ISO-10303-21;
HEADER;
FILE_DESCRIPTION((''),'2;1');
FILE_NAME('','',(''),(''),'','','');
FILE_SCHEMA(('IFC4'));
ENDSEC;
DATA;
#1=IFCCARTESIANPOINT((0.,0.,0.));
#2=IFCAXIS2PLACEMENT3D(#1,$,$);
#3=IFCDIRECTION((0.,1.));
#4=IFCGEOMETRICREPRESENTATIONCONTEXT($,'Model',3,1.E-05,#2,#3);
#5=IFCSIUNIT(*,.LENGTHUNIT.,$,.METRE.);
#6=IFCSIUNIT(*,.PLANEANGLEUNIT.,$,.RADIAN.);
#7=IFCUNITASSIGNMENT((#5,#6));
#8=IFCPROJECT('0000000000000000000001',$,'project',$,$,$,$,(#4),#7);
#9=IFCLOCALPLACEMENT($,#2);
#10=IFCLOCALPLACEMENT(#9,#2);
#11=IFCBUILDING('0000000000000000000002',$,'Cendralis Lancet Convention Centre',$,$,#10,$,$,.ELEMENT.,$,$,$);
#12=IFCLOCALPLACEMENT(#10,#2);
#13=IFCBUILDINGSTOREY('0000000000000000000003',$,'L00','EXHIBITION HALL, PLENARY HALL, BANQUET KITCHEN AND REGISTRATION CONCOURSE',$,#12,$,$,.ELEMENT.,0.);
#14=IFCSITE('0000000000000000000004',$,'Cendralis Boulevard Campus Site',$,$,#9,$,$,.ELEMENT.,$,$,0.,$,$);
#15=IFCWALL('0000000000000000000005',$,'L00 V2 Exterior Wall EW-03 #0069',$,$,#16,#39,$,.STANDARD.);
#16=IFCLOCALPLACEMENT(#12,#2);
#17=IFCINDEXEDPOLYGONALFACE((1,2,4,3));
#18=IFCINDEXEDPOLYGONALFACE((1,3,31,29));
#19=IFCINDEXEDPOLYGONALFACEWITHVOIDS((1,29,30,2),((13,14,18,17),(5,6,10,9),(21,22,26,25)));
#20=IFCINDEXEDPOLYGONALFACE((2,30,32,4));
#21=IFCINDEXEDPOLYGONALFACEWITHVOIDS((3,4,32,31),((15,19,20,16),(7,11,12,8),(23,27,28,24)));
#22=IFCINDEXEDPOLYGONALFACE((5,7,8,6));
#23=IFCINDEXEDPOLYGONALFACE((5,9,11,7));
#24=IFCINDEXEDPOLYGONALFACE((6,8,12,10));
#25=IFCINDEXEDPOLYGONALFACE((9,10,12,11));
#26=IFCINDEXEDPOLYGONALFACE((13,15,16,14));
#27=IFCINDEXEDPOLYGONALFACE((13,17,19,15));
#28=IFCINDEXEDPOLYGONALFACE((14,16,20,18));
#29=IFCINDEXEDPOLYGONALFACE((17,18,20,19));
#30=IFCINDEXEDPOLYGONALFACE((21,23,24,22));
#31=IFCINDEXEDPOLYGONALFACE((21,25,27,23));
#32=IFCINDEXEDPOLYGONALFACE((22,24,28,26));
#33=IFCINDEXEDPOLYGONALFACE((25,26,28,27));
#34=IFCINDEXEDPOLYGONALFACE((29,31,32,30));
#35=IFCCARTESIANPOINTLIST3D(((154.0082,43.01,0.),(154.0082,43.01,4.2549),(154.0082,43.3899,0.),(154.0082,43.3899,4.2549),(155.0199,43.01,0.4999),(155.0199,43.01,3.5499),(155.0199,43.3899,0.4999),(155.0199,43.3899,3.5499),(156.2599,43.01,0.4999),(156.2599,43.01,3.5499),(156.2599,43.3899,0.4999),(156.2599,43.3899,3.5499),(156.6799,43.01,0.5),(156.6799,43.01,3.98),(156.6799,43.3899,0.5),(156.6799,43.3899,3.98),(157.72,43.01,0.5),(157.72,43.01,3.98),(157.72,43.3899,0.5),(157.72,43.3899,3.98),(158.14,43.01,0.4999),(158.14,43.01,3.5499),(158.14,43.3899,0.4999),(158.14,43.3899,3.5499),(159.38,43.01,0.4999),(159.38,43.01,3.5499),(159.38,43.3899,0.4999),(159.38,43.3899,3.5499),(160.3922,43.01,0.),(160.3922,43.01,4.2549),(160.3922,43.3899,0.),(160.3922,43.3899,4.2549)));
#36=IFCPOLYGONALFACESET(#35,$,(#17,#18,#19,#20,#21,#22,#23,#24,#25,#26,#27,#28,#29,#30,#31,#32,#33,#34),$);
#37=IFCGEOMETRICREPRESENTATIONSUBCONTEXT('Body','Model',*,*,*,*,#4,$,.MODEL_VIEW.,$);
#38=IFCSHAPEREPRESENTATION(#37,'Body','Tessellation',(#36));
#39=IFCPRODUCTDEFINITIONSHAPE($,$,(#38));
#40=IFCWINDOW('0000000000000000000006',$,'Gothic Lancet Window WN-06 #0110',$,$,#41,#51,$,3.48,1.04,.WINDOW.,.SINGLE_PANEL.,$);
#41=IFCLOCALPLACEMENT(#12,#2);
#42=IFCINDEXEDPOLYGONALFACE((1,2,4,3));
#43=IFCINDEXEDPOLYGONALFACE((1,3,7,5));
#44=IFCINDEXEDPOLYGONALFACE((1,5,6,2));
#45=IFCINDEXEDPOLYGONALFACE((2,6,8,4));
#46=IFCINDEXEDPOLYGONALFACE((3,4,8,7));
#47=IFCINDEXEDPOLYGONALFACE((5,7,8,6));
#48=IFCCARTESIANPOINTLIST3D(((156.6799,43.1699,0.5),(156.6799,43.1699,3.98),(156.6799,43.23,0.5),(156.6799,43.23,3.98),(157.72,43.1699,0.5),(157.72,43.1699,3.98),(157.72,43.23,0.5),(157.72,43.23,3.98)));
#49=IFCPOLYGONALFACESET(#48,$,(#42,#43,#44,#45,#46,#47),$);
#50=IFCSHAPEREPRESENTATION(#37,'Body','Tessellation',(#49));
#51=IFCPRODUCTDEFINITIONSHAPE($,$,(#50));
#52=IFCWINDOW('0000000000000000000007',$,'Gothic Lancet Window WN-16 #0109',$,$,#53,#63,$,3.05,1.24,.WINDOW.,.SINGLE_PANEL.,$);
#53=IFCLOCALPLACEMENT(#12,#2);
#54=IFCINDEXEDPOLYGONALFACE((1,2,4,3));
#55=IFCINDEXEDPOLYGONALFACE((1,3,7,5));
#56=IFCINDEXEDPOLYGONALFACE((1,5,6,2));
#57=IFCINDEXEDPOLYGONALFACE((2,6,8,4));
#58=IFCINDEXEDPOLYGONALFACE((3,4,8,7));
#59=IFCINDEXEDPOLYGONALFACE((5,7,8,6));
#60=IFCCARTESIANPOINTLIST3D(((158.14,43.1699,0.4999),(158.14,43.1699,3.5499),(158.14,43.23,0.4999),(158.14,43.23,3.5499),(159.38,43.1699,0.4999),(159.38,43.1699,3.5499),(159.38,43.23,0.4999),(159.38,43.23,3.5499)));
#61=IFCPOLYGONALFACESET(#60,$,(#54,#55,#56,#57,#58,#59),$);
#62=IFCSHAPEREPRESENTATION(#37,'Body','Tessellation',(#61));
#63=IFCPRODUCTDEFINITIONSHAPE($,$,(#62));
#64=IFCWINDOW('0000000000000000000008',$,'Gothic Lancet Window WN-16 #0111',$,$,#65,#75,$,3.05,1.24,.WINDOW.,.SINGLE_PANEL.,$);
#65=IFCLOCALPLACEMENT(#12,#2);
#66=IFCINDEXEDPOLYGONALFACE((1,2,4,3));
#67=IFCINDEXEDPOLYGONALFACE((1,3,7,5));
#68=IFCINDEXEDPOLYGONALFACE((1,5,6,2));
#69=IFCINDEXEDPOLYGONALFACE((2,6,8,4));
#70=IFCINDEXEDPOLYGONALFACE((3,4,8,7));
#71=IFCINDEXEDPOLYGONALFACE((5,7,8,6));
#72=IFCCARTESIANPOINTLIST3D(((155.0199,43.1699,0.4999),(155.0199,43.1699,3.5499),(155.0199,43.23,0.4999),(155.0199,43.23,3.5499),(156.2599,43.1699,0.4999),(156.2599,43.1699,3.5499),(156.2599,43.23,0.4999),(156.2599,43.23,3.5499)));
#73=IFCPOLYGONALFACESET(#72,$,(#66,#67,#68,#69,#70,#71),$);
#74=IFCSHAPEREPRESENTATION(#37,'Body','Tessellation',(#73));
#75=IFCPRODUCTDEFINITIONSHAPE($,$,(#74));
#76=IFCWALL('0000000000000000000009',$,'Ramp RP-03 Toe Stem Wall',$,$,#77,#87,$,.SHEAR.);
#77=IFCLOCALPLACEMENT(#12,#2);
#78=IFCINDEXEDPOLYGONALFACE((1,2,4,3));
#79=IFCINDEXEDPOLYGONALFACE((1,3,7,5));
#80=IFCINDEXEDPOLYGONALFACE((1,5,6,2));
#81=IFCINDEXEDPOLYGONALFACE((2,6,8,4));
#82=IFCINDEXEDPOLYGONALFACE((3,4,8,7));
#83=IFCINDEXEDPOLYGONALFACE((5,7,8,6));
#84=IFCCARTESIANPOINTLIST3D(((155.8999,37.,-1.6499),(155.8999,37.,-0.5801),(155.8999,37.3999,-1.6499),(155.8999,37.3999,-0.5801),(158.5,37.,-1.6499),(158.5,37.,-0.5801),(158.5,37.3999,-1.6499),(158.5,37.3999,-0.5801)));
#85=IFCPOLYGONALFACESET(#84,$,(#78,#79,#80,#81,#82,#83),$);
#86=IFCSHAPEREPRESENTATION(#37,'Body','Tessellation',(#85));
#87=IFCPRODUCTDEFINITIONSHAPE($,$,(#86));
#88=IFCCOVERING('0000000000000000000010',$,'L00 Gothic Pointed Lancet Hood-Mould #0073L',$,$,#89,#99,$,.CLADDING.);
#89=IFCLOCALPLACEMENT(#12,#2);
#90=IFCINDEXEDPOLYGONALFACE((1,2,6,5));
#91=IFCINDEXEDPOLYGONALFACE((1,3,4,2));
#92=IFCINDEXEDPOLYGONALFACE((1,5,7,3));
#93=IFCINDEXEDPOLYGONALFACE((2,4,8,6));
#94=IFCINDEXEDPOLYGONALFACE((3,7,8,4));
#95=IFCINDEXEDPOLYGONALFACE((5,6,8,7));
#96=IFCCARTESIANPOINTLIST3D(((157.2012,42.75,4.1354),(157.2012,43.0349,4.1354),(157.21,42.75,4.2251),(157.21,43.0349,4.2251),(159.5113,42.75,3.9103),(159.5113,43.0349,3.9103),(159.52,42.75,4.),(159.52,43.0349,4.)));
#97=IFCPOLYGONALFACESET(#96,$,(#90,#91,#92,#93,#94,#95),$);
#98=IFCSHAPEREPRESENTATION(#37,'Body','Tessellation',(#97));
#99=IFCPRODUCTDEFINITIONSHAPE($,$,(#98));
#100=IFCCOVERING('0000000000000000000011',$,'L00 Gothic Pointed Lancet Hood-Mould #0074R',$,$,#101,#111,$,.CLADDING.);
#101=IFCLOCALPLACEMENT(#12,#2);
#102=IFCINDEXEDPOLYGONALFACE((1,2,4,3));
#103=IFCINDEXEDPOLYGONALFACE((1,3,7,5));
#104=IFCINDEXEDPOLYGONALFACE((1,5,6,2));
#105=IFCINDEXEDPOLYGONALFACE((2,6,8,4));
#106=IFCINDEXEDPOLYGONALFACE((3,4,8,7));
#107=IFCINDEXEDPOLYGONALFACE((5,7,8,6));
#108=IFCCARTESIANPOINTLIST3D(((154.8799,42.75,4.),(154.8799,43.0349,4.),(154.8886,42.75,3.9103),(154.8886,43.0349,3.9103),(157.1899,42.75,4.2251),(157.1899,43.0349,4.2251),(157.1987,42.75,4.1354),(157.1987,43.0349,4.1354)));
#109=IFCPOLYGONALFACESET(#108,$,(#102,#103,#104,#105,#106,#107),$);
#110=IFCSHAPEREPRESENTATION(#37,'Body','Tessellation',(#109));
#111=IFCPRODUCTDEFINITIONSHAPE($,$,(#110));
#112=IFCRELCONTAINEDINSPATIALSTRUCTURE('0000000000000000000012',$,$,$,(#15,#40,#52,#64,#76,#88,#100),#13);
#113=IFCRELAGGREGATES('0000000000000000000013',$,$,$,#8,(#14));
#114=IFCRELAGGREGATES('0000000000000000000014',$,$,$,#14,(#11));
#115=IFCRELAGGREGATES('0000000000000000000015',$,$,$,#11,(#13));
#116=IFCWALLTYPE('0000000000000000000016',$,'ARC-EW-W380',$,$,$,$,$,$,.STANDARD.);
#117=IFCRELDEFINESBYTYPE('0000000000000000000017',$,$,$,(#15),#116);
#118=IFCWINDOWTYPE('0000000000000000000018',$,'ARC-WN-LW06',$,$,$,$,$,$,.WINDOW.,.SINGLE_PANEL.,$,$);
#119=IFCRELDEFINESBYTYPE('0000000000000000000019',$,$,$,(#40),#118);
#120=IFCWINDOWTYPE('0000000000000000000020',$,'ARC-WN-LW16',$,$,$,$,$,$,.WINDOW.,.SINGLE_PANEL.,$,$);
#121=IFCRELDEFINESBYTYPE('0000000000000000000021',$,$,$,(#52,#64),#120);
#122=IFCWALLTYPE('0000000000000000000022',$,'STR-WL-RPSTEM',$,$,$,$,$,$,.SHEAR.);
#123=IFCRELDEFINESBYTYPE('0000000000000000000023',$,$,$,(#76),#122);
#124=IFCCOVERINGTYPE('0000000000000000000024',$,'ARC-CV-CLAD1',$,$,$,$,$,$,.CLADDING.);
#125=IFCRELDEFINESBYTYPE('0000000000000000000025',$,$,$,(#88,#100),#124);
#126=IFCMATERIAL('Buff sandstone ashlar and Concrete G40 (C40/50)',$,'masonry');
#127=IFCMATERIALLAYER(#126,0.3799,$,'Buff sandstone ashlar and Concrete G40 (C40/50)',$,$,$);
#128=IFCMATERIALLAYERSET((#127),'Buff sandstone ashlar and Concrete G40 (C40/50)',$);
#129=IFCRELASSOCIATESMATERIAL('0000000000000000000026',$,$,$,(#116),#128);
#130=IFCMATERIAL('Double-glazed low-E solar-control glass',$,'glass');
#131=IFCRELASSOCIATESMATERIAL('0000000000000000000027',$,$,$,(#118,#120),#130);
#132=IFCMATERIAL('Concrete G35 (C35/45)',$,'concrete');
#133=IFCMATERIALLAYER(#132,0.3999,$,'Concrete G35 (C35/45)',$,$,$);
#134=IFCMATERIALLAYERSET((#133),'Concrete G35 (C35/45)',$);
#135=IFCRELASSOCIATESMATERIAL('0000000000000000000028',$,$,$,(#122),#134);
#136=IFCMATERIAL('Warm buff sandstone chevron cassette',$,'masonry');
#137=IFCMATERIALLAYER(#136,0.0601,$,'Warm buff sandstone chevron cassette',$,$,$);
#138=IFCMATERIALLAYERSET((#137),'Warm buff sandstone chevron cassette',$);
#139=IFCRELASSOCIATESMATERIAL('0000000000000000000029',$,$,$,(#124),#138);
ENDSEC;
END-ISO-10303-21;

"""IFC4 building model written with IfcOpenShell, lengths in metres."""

from ifc_helpers import new_model, si_unit, direction, frame, frame_2d, origin, place, context, subcontext, project, spatial, polyline, rectangle, outline, extrude, material, layer, layer_set, type_object, element, fill, save


model = new_model("IFC4")

# Units and contexts
model_context = context("Model", 3, precision=1e-05, world=origin(), true_north=direction((0.0, 1.0)))
body_context = subcontext(model_context, "Body", "Model", "MODEL_VIEW")
ifc_project = project(units=[si_unit("LENGTHUNIT", "METRE"), si_unit("PLANEANGLEUNIT", "RADIAN")], contexts=[model_context])

# Site, building, storey
site_placement = place(None, origin())
site = spatial("IfcSite", under=ifc_project, at=site_placement, Name="Cendralis Boulevard Campus Site", CompositionType="ELEMENT", RefElevation=0.0)
building_placement = place(site_placement, origin())
building = spatial("IfcBuilding", under=site, at=building_placement, Name="Cendralis Lancet Convention Centre", CompositionType="ELEMENT")
storey_placement = place(building_placement, origin())
storey = spatial("IfcBuildingStorey", under=building, at=storey_placement, Name="L00", Description="EXHIBITION HALL, PLENARY HALL, BANQUET KITCHEN AND REGISTRATION CONCOURSE", CompositionType="ELEMENT", Elevation=0.0)

# Shared definitions
ifc_material_1 = material(Name="Concrete G35 (C35/45)", Category="concrete")

# Shared definitions
ifc_material_2 = material(Name="Double-glazed low-E solar-control glass", Category="glass")

# Shared definitions
ifc_material_3 = material(Name="Buff sandstone ashlar and Concrete G40 (C40/50)", Category="masonry")
ifc_layer_1 = layer(ifc_material_3, 0.3799, Name="Buff sandstone ashlar and Concrete G40 (C40/50)")
ifc_layer_set_1 = layer_set([ifc_layer_1], Name="Buff sandstone ashlar and Concrete G40 (C40/50)")
wall_type_1 = type_object("IfcWallType", Name="ARC-EW-W380", PredefinedType="STANDARD", material=ifc_layer_set_1)

# Wall, openings, windows
wall_1_placement = place(storey_placement, frame((160.3921, 43.2, 0.0), z_axis=(0.0, 0.0, 1.0), x_axis=(-1.0, 0.0, 0.0)))
wall_1 = element("IfcWall", 1, at=wall_1_placement, inside=storey, type_object=wall_type_1, Name="L00 V2 Exterior Wall EW-03 #0069", PredefinedType="STANDARD", context=body_context, shape_type="SweptSolid", body=[
    extrude(rectangle(XDim=6.384, YDim=0.3799, at=frame_2d((3.1919, 0.0))), origin(), (0.0, 0.0, 1.0), 4.2549),
])
opening_1_placement = place(wall_1_placement, frame((1.012, 0.0, 0.5)))
opening_1 = element("IfcOpeningElement", 2, at=opening_1_placement, cuts=wall_1, PredefinedType="OPENING", context=body_context, shape_type="SweptSolid", body=[
    extrude(rectangle(XDim=1.24, YDim=3.05, at=frame_2d((0.6201, 1.5249))), frame((0.0, 0.2, 0.0), z_axis=(0.0, -1.0, 0.0), x_axis=(1.0, 0.0, 0.0)), (0.0, 0.0, 1.0), 0.3999),
])
opening_2_placement = place(wall_1_placement, frame((2.6721, 0.0, 0.5)))
opening_2 = element("IfcOpeningElement", 3, at=opening_2_placement, cuts=wall_1, PredefinedType="OPENING", context=body_context, shape_type="SweptSolid", body=[
    extrude(rectangle(XDim=1.04, YDim=3.48, at=frame_2d((0.52, 1.74))), frame((0.0, 0.2, 0.0), z_axis=(0.0, -1.0, 0.0), x_axis=(1.0, 0.0, 0.0)), (0.0, 0.0, 1.0), 0.3999),
])
opening_3_placement = place(wall_1_placement, frame((4.1321, 0.0, 0.5)))
opening_3 = element("IfcOpeningElement", 4, at=opening_3_placement, cuts=wall_1, PredefinedType="OPENING", context=body_context, shape_type="SweptSolid", body=[
    extrude(rectangle(XDim=1.24, YDim=3.05, at=frame_2d((0.6201, 1.5249))), frame((0.0, 0.2, 0.0), z_axis=(0.0, -1.0, 0.0), x_axis=(1.0, 0.0, 0.0)), (0.0, 0.0, 1.0), 0.3999),
])
window_type_1 = type_object("IfcWindowType", Name="ARC-WN-LW06", PartitioningType="SINGLE_PANEL", PredefinedType="WINDOW", material=ifc_material_2)
window_1_placement = place(opening_2_placement, origin())
window_1 = element("IfcWindow", 5, at=window_1_placement, inside=storey, type_object=window_type_1, Name="Gothic Lancet Window WN-06 #0110", OverallHeight=3.48, OverallWidth=1.04, PartitioningType="SINGLE_PANEL", PredefinedType="WINDOW", context=body_context, shape_type="SweptSolid", body=[
    extrude(rectangle(XDim=1.04, YDim=3.48, at=frame_2d((0.52, 1.74))), frame((0.0, 0.03, 0.0), z_axis=(0.0, -1.0, 0.0), x_axis=(1.0, 0.0, 0.0)), (0.0, 0.0, 1.0), 0.0601),
])
fill(opening_2, window_1)
window_type_2 = type_object("IfcWindowType", Name="ARC-WN-LW16", PartitioningType="SINGLE_PANEL", PredefinedType="WINDOW", material=ifc_material_2)
window_2_placement = place(opening_1_placement, origin())
window_2 = element("IfcWindow", 6, at=window_2_placement, inside=storey, type_object=window_type_2, Name="Gothic Lancet Window WN-16 #0109", OverallHeight=3.05, OverallWidth=1.24, PartitioningType="SINGLE_PANEL", PredefinedType="WINDOW", context=body_context, shape_type="SweptSolid", body=[
    extrude(rectangle(XDim=1.24, YDim=3.05, at=frame_2d((0.6201, 1.5249))), frame((0.0, 0.03, 0.0), z_axis=(0.0, -1.0, 0.0), x_axis=(1.0, 0.0, 0.0)), (0.0, 0.0, 1.0), 0.0601),
])
fill(opening_1, window_2)
window_3_placement = place(opening_3_placement, origin())
window_3 = element("IfcWindow", 7, at=window_3_placement, inside=storey, type_object=window_type_2, Name="Gothic Lancet Window WN-16 #0111", OverallHeight=3.05, OverallWidth=1.24, PartitioningType="SINGLE_PANEL", PredefinedType="WINDOW", context=body_context, shape_type="SweptSolid", body=[
    extrude(rectangle(XDim=1.24, YDim=3.05, at=frame_2d((0.6201, 1.5249))), frame((0.0, 0.03, 0.0), z_axis=(0.0, -1.0, 0.0), x_axis=(1.0, 0.0, 0.0)), (0.0, 0.0, 1.0), 0.0601),
])
fill(opening_3, window_3)

# Wall
ifc_layer_2 = layer(ifc_material_1, 0.3999, Name="Concrete G35 (C35/45)")
ifc_layer_set_2 = layer_set([ifc_layer_2], Name="Concrete G35 (C35/45)")
wall_type_2 = type_object("IfcWallType", Name="STR-WL-RPSTEM", PredefinedType="SHEAR", material=ifc_layer_set_2)
wall_2_placement = place(storey_placement, frame((155.8999, 37.2, -1.6499), z_axis=(0.0, 0.0, 1.0), x_axis=(1.0, 0.0, 0.0)))
element("IfcWall", 8, at=wall_2_placement, inside=storey, type_object=wall_type_2, Name="Ramp RP-03 Toe Stem Wall", PredefinedType="SHEAR", context=body_context, shape_type="SweptSolid", body=[
    extrude(rectangle(XDim=2.6001, YDim=0.3999, at=frame_2d((1.3, 0.0))), origin(), (0.0, 0.0, 1.0), 1.0698),
])

# Coverings
ifc_material_4 = material(Name="Warm buff sandstone chevron cassette", Category="masonry")
ifc_layer_3 = layer(ifc_material_4, 0.0601, Name="Warm buff sandstone chevron cassette")
ifc_layer_set_3 = layer_set([ifc_layer_3], Name="Warm buff sandstone chevron cassette")
covering_type = type_object("IfcCoveringType", Name="ARC-CV-CLAD1", PredefinedType="CLADDING", material=ifc_layer_set_3)
for number, where, z_axis, x_axis, name in (
    (9, (159.52, 42.75, 4.0), (0.096983, 0.0, 0.995286), (0.0, 1.0, 0.0), "L00 Gothic Pointed Lancet Hood-Mould #0073L"),
    (10, (157.1899, 42.75, 4.2251), (-0.096983, 0.0, 0.995286), (0.0, 1.0, 0.0), "L00 Gothic Pointed Lancet Hood-Mould #0074R"),
):
    element("IfcCovering", number, at=place(storey_placement, frame(where, z_axis=z_axis, x_axis=x_axis)), inside=storey, type_object=covering_type, Name=name, PredefinedType="CLADDING", context=body_context, shape_type="SweptSolid", body=[
        extrude(outline(polyline([(0.0, 0.0), (0.2849, 0.0), (0.2849, 2.321), (0.0, 2.321), (0.0, 0.0)])), origin(), (0.0, 0.0, -1.0), 0.0901),
    ])

save(model, "model.ifc")
